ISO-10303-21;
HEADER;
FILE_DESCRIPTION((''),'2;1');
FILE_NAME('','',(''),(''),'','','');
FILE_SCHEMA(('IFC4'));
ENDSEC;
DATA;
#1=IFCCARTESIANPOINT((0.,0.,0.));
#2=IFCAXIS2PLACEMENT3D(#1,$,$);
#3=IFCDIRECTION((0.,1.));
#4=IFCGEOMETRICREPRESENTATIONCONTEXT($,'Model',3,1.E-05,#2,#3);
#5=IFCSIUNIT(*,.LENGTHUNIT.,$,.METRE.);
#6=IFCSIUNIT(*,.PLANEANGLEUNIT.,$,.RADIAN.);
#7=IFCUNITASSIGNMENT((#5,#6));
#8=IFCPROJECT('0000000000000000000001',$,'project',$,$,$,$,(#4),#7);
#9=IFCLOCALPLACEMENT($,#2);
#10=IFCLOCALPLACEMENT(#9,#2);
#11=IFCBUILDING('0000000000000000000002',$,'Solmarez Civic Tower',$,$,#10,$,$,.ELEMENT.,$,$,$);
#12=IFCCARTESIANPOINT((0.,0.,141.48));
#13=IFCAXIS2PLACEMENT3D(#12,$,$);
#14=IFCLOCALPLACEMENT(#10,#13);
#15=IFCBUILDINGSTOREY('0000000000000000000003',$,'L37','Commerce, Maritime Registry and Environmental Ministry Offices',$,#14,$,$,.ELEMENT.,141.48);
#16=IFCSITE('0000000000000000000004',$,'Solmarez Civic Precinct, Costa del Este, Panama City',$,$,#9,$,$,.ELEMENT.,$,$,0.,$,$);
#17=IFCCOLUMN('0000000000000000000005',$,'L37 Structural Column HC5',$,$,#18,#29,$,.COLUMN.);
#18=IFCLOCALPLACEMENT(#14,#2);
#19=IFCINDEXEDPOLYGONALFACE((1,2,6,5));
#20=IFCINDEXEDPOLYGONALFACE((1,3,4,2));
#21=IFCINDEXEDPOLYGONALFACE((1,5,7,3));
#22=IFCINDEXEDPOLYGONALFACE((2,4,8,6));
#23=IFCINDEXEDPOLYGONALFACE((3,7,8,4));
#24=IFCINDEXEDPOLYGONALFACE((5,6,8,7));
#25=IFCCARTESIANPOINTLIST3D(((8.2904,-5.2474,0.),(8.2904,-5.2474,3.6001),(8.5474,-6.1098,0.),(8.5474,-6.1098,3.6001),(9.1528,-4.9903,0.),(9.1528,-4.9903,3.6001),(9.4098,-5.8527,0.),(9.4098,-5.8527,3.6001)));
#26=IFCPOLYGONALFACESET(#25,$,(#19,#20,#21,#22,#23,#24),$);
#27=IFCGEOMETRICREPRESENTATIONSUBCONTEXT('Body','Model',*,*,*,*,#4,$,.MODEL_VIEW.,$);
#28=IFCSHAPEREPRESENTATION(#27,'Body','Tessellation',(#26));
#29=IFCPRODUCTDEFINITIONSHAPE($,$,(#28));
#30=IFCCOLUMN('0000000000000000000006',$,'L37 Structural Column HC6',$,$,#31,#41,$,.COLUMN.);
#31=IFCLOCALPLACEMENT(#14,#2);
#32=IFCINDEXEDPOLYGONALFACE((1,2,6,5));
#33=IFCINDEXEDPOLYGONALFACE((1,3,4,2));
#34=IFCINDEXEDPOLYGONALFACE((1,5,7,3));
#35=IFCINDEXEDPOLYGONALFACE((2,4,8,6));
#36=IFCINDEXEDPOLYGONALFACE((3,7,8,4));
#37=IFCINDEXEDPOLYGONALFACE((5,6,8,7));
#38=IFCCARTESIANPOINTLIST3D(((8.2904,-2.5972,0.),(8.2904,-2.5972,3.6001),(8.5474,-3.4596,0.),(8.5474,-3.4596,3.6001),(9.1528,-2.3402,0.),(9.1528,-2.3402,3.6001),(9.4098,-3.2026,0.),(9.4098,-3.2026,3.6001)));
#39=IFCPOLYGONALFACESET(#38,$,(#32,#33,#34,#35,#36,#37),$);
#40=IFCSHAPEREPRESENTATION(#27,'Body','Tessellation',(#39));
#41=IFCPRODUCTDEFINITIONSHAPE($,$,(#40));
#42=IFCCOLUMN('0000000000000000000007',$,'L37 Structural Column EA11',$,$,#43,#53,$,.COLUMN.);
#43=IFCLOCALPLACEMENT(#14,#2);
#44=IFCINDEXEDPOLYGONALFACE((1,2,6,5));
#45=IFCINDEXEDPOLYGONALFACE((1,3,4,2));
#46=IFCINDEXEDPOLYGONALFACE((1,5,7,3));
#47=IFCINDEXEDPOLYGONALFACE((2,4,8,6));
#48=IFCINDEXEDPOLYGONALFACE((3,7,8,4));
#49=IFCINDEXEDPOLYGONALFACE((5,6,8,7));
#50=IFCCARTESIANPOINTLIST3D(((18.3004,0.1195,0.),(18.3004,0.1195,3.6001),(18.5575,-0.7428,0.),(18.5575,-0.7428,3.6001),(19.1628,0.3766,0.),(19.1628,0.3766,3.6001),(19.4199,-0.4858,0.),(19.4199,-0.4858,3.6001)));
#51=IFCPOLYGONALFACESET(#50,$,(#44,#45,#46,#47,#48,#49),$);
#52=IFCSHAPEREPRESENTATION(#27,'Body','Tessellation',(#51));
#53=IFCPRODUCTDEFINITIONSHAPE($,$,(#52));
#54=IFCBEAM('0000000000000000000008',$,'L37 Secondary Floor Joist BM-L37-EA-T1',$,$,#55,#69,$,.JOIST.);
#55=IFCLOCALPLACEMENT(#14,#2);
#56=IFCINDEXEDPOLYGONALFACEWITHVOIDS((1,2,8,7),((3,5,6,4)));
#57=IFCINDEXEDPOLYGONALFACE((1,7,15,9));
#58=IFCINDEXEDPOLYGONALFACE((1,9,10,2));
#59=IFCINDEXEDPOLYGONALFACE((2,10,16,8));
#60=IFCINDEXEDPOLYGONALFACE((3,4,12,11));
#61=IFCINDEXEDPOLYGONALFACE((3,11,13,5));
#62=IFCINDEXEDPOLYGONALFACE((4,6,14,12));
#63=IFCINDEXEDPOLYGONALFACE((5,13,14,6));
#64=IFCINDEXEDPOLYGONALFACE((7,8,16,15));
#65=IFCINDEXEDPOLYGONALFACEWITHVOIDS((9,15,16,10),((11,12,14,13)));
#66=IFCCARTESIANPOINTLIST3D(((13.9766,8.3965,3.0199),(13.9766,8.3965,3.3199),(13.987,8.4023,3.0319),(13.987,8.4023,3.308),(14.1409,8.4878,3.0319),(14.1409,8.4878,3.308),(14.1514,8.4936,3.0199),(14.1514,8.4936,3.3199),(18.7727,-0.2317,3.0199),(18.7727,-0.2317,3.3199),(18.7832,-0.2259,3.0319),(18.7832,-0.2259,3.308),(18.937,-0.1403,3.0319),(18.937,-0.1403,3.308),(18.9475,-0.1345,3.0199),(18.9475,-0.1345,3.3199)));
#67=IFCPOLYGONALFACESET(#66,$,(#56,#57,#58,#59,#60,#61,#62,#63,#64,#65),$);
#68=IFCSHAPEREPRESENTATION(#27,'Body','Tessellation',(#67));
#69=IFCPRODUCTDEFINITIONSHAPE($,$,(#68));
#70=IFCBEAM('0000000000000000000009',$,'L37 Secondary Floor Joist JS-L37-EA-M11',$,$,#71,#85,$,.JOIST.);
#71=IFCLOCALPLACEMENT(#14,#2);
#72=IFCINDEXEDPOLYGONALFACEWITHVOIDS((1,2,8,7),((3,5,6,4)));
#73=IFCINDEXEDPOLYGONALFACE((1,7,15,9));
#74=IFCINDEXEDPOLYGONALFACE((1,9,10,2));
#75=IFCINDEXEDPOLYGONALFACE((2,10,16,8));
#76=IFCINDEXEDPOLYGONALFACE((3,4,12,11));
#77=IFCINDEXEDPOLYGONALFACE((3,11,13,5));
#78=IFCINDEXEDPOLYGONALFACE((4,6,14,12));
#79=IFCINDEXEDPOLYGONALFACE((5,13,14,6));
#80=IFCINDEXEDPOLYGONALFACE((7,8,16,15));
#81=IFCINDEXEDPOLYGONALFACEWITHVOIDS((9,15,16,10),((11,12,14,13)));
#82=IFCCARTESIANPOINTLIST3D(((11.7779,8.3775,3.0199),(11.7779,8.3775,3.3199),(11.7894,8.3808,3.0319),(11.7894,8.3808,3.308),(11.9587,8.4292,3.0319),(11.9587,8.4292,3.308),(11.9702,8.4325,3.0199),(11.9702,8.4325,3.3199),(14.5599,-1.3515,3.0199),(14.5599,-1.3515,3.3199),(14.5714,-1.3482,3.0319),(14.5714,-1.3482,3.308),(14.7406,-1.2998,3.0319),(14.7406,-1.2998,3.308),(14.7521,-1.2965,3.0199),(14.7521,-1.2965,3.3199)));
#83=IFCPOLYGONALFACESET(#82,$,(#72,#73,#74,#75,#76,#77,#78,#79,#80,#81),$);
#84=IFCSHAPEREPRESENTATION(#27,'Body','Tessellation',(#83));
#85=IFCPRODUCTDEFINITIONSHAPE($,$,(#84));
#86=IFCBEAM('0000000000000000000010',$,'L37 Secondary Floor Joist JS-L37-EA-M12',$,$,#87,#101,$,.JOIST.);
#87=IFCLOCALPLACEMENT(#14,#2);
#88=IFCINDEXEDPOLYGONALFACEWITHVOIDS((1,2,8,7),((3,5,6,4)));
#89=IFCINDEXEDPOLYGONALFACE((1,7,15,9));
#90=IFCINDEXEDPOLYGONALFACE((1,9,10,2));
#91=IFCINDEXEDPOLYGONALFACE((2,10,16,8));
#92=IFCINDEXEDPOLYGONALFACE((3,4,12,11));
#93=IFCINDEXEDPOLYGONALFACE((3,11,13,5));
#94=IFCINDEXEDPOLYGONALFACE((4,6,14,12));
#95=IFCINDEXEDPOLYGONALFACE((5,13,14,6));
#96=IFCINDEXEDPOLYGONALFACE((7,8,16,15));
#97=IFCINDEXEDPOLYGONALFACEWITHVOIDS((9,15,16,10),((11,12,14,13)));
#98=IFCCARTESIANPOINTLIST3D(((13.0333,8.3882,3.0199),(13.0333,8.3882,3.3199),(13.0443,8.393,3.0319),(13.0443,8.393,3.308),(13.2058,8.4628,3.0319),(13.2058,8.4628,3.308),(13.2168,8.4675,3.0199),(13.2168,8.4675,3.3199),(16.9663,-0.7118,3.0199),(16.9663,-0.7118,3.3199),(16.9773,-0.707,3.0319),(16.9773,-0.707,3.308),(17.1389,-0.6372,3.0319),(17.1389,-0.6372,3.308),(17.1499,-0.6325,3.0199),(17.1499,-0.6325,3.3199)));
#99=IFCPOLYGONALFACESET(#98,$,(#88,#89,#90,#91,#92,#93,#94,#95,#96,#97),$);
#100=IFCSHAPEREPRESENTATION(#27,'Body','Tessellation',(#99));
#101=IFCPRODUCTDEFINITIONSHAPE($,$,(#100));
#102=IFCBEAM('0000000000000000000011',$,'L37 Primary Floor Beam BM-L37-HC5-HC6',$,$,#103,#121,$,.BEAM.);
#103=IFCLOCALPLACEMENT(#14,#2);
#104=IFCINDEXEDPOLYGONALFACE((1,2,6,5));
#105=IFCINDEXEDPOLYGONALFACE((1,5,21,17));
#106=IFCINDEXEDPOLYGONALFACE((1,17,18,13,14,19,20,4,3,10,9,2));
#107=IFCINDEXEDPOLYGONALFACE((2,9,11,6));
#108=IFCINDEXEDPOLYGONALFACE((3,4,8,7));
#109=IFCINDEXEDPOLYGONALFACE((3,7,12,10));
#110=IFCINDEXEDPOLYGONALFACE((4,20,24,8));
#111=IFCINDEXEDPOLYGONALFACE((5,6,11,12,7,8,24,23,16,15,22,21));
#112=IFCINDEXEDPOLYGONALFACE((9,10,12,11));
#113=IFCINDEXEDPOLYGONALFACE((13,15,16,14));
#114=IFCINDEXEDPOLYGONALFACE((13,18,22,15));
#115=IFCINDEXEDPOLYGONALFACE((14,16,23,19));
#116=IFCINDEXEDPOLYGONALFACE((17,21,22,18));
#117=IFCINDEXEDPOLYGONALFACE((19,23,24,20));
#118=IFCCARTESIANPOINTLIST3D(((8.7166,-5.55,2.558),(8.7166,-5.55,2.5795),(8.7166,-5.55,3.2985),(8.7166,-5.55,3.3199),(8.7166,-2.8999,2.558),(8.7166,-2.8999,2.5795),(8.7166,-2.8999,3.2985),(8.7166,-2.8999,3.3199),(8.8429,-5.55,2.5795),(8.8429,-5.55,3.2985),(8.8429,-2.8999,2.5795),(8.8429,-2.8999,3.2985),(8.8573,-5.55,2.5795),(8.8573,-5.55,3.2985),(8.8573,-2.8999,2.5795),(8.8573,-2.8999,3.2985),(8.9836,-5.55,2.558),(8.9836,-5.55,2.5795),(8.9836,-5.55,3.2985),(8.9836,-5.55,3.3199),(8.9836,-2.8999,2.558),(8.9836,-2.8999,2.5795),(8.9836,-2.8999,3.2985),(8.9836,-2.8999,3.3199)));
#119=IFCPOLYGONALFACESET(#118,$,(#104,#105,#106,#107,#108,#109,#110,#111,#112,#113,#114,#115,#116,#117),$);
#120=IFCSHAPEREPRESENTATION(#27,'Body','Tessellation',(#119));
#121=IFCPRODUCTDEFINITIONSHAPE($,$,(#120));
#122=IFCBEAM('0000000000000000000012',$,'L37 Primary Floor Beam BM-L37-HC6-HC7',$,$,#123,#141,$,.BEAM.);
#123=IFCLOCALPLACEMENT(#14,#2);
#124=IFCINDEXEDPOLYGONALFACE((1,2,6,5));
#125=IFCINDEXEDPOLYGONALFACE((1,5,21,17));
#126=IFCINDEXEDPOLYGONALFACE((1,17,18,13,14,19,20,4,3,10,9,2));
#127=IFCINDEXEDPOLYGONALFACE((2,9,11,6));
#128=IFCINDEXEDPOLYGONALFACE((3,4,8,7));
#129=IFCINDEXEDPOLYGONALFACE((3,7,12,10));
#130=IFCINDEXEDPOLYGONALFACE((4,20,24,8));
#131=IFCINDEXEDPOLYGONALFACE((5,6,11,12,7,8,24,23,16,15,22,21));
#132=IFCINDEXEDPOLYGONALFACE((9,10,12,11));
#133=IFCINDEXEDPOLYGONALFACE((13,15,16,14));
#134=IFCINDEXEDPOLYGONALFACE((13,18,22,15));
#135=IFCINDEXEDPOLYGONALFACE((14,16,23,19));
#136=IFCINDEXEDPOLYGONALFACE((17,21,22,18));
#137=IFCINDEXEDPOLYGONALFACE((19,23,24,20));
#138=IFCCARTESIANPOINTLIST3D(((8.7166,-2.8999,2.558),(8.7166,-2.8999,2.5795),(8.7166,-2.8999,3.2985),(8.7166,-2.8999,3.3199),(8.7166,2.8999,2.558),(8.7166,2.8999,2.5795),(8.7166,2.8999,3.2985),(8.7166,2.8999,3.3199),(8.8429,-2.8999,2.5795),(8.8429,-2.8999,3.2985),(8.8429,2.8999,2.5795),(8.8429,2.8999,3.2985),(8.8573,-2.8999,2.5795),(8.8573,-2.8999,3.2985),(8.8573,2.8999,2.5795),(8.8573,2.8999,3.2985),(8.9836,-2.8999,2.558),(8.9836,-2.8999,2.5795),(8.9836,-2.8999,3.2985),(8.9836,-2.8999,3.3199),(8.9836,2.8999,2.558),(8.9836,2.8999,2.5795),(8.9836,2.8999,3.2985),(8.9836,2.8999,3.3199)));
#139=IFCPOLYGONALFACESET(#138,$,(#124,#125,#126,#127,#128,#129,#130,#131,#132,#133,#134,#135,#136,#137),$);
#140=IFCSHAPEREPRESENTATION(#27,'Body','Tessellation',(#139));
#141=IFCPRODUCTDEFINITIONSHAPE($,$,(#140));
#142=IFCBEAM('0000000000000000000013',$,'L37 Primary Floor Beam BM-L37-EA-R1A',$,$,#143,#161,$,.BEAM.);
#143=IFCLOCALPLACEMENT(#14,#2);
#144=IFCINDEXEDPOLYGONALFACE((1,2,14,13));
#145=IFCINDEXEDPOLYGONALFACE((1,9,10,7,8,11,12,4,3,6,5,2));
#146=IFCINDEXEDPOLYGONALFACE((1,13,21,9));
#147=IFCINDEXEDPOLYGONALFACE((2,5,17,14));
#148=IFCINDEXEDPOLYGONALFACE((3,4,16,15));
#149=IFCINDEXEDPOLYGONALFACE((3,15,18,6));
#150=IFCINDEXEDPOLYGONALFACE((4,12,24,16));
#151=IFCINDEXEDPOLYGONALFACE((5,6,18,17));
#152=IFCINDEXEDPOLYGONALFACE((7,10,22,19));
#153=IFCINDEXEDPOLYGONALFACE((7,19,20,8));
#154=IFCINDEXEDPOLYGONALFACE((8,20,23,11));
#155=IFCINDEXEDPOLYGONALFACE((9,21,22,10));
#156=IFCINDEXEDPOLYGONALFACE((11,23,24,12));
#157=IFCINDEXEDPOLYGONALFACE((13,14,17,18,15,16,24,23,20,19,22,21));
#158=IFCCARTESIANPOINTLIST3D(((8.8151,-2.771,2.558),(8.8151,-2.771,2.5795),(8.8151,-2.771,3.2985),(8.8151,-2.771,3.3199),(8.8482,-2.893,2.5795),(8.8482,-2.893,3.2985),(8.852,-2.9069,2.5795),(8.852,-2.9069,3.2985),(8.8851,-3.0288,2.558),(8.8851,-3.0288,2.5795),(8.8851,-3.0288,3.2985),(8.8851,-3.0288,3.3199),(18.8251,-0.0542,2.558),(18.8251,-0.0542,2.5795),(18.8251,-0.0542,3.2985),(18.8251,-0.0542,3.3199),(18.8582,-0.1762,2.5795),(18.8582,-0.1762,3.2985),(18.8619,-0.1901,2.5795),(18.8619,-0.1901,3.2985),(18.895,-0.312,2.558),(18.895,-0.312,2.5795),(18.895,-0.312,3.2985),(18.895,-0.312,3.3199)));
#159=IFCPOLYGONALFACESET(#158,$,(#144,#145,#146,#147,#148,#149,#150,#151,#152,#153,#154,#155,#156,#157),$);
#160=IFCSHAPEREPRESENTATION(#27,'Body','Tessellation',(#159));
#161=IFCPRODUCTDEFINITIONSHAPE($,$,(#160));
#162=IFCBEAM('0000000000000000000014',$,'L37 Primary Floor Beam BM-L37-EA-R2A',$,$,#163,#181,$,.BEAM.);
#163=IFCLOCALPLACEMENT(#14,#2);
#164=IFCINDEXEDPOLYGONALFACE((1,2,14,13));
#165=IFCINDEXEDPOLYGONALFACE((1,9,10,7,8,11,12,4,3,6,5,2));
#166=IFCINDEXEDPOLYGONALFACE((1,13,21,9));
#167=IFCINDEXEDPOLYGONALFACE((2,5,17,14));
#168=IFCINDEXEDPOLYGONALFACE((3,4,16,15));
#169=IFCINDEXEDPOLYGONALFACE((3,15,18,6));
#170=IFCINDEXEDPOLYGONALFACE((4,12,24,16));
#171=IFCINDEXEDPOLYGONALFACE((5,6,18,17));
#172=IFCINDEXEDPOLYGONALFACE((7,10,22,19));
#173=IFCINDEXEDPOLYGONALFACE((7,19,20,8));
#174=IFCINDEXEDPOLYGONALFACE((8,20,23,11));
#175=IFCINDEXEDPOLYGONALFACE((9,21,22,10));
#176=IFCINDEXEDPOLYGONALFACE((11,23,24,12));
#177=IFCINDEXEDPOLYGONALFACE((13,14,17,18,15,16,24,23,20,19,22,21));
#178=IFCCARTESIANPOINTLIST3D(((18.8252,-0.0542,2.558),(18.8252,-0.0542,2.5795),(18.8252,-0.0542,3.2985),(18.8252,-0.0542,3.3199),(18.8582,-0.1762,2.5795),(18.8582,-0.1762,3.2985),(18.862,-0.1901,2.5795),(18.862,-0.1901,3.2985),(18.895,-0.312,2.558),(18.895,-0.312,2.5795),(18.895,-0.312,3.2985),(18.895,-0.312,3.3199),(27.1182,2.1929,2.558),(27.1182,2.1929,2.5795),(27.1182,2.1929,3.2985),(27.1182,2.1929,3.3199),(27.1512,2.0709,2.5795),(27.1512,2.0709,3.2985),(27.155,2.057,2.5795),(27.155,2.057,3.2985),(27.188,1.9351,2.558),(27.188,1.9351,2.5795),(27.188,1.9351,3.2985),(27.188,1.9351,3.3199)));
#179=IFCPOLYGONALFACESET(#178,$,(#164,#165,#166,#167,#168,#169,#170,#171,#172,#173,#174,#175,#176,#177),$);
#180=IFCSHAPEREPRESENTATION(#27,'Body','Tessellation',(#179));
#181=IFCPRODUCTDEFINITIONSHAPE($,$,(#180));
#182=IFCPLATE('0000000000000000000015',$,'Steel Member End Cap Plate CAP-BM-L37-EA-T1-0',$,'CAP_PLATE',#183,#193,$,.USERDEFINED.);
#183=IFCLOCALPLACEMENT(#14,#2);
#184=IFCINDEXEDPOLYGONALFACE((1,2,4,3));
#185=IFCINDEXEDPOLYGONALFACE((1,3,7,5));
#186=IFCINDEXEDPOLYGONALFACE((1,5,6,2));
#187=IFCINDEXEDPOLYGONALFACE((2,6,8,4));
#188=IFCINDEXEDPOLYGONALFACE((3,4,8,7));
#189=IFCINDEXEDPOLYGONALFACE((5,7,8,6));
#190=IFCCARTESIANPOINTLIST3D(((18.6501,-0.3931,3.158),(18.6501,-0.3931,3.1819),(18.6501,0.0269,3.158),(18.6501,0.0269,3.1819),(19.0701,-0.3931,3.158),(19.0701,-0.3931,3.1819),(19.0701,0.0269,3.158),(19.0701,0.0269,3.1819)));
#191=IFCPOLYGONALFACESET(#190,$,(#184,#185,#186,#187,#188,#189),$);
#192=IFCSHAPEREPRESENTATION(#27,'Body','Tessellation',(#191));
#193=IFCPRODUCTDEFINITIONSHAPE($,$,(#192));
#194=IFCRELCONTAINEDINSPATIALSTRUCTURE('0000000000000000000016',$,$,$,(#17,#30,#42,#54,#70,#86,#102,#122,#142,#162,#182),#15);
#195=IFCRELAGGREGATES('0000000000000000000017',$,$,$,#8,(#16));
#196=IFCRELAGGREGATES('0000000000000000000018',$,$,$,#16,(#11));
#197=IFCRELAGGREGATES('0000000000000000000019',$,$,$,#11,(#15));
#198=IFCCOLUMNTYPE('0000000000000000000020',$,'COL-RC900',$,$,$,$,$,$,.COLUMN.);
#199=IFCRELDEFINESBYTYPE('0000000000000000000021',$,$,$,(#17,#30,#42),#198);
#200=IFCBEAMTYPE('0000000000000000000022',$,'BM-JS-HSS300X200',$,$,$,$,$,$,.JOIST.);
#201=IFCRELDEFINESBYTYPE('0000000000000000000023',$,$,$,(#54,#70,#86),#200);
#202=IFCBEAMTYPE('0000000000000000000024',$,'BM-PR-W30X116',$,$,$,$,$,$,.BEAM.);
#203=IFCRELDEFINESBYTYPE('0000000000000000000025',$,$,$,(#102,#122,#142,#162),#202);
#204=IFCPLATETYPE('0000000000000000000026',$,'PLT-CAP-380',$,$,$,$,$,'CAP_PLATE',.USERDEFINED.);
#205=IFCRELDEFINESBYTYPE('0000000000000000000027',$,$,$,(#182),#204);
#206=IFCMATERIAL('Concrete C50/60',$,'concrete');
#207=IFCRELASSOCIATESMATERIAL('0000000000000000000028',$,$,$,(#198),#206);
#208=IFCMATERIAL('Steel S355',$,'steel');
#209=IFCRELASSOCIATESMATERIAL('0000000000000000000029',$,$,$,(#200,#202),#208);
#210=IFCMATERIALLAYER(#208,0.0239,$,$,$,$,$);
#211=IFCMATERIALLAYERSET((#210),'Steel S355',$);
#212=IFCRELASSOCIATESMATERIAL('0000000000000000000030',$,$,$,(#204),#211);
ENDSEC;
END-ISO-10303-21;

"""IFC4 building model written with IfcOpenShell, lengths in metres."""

from ifc_helpers import new_model, si_unit, direction, frame, origin, origin_2d, place, context, subcontext, project, spatial, rectangle, hollow_rectangle, i_section, extrude, material, layer, layer_set, material_profile, profile_set, type_object, element, save


model = new_model("IFC4")

# Units and contexts
model_context = context("Model", 3, precision=1e-05, world=origin(), true_north=direction((0.0, 1.0)))
body_context = subcontext(model_context, "Body", "Model", "MODEL_VIEW")
ifc_project = project(units=[si_unit("LENGTHUNIT", "METRE"), si_unit("PLANEANGLEUNIT", "RADIAN")], contexts=[model_context])

# Site, building, storey
site_placement = place(None, origin())
site = spatial("IfcSite", under=ifc_project, at=site_placement, Name="Solmarez Civic Precinct, Costa del Este, Panama City", CompositionType="ELEMENT", RefElevation=0.0)
building_placement = place(site_placement, origin())
building = spatial("IfcBuilding", under=site, at=building_placement, Name="Solmarez Civic Tower", CompositionType="ELEMENT")
storey_placement = place(building_placement, frame((0.0, 0.0, 141.48)))
storey = spatial("IfcBuildingStorey", under=building, at=storey_placement, Name="L37", Description="Commerce, Maritime Registry and Environmental Ministry Offices", CompositionType="ELEMENT", Elevation=141.48)

# Columns
ifc_material_1 = material(Name="Concrete C50/60", Category="concrete")
ifc_material_profile_1 = material_profile(ifc_material_1, rectangle(XDim=0.8999, YDim=0.8999, at=origin_2d()), Name="RC900X900")
ifc_profile_set_1 = profile_set([ifc_material_profile_1], Name="Concrete C50/60")
column_type = type_object("IfcColumnType", Name="COL-RC900", PredefinedType="COLUMN", material=ifc_profile_set_1)
for number, where, z_axis, x_axis, name in (
    (1, (8.8501, -5.55, 0.0), (0.0, 0.0, 1.0), (0.958323, 0.285688, 0.0), "L37 Structural Column HC5"),
    (2, (8.8501, -2.8999, 0.0), (0.0, 0.0, 1.0), (0.958323, 0.285688, 0.0), "L37 Structural Column HC6"),
    (3, (18.8601, -0.1831, 0.0), (0.0, 0.0, 1.0), (0.958323, 0.285688, 0.0), "L37 Structural Column EA11"),
):
    element("IfcColumn", number, at=place(storey_placement, frame(where, z_axis=z_axis, x_axis=x_axis)), inside=storey, type_object=column_type, Name=name, PredefinedType="COLUMN", context=body_context, shape_type="SweptSolid", body=[
        extrude(rectangle(XDim=0.8999, YDim=0.8999, at=origin_2d()), origin(), (0.0, 0.0, 1.0), 3.6001),
    ])

# Beams
ifc_material_2 = material(Name="Steel S355", Category="steel")
ifc_material_profile_2 = material_profile(ifc_material_2, hollow_rectangle(XDim=0.2, YDim=0.3, WallThickness=0.012, at=origin_2d()), Name="HSS300X200X12")
ifc_profile_set_2 = profile_set([ifc_material_profile_2], Name="Steel S355")
beam_type_1 = type_object("IfcBeamType", Name="BM-JS-HSS300X200", PredefinedType="JOIST", material=ifc_profile_set_2)
beam_1_placement = place(storey_placement, frame((18.8601, -0.1831, 3.1699), z_axis=(-0.485853, 0.874041, 0.0), x_axis=(-0.874041, -0.485853, 0.0)))
element("IfcBeam", 4, at=beam_1_placement, inside=storey, type_object=beam_type_1, Name="L37 Secondary Floor Joist BM-L37-EA-T1", PredefinedType="JOIST", context=body_context, shape_type="SweptSolid", body=[
    extrude(hollow_rectangle(XDim=0.2, YDim=0.3, WallThickness=0.012, at=origin_2d()), origin(), (0.0, 0.0, 1.0), 9.8716),
])
beam_2_placement = place(storey_placement, frame((14.656, -1.324, 3.1699), z_axis=(-0.274928, 0.961465, 0.0), x_axis=(-0.961465, -0.274928, 0.0)))
element("IfcBeam", 5, at=beam_2_placement, inside=storey, type_object=beam_type_1, Name="L37 Secondary Floor Joist JS-L37-EA-M11", PredefinedType="JOIST", context=body_context, shape_type="SweptSolid", body=[
    extrude(hollow_rectangle(XDim=0.2, YDim=0.3, WallThickness=0.012, at=origin_2d()), origin(), (0.0, 0.0, 1.0), 10.1189),
])
beam_3_placement = place(storey_placement, frame((17.0581, -0.6721, 3.1699), z_axis=(-0.396735, 0.917933, 0.0), x_axis=(-0.917933, -0.396735, 0.0)))
element("IfcBeam", 6, at=beam_3_placement, inside=storey, type_object=beam_type_1, Name="L37 Secondary Floor Joist JS-L37-EA-M12", PredefinedType="JOIST", context=body_context, shape_type="SweptSolid", body=[
    extrude(hollow_rectangle(XDim=0.2, YDim=0.3, WallThickness=0.012, at=origin_2d()), origin(), (0.0, 0.0, 1.0), 9.9136),
])
ifc_material_profile_3 = material_profile(ifc_material_2, i_section(OverallWidth=0.2671, OverallDepth=0.762, WebThickness=0.0144, FlangeThickness=0.0215, at=origin_2d()), Name="W30X116")
ifc_profile_set_3 = profile_set([ifc_material_profile_3], Name="Steel S355")
beam_type_2 = type_object("IfcBeamType", Name="BM-PR-W30X116", PredefinedType="BEAM", material=ifc_profile_set_3)
beam_4_placement = place(storey_placement, frame((8.8501, -5.55, 2.939), z_axis=(0.0, 1.0, 0.0), x_axis=(-1.0, 0.0, 0.0)))
element("IfcBeam", 7, at=beam_4_placement, inside=storey, type_object=beam_type_2, Name="L37 Primary Floor Beam BM-L37-HC5-HC6", PredefinedType="BEAM", context=body_context, shape_type="SweptSolid", body=[
    extrude(i_section(OverallWidth=0.2671, OverallDepth=0.762, WebThickness=0.0144, FlangeThickness=0.0215, at=origin_2d()), origin(), (0.0, 0.0, 1.0), 2.6501),
])
beam_5_placement = place(storey_placement, frame((8.8501, -2.8999, 2.939), z_axis=(0.0, 1.0, 0.0), x_axis=(-1.0, 0.0, 0.0)))
element("IfcBeam", 8, at=beam_5_placement, inside=storey, type_object=beam_type_2, Name="L37 Primary Floor Beam BM-L37-HC6-HC7", PredefinedType="BEAM", context=body_context, shape_type="SweptSolid", body=[
    extrude(i_section(OverallWidth=0.2671, OverallDepth=0.762, WebThickness=0.0144, FlangeThickness=0.0215, at=origin_2d()), origin(), (0.0, 0.0, 1.0), 5.7998),
])
beam_6_placement = place(storey_placement, frame((8.8501, -2.8999, 2.939), z_axis=(0.965086, 0.261932, 0.0), x_axis=(-0.261932, 0.965086, 0.0)))
element("IfcBeam", 9, at=beam_6_placement, inside=storey, type_object=beam_type_2, Name="L37 Primary Floor Beam BM-L37-EA-R1A", PredefinedType="BEAM", context=body_context, shape_type="SweptSolid", body=[
    extrude(i_section(OverallWidth=0.2671, OverallDepth=0.762, WebThickness=0.0144, FlangeThickness=0.0215, at=origin_2d()), origin(), (0.0, 0.0, 1.0), 10.3721),
])
beam_7_placement = place(storey_placement, frame((18.8601, -0.1831, 2.939), z_axis=(0.965195, 0.26153, 0.0), x_axis=(-0.26153, 0.965195, 0.0)))
element("IfcBeam", 10, at=beam_7_placement, inside=storey, type_object=beam_type_2, Name="L37 Primary Floor Beam BM-L37-EA-R2A", PredefinedType="BEAM", context=body_context, shape_type="SweptSolid", body=[
    extrude(i_section(OverallWidth=0.2671, OverallDepth=0.762, WebThickness=0.0144, FlangeThickness=0.0215, at=origin_2d()), origin(), (0.0, 0.0, 1.0), 8.592),
])

# Plate
ifc_layer_1 = layer(ifc_material_2, 0.0239)
ifc_layer_set_1 = layer_set([ifc_layer_1], Name="Steel S355")
plate_type = type_object("IfcPlateType", Name="PLT-CAP-380", ElementType="CAP_PLATE", PredefinedType="USERDEFINED", material=ifc_layer_set_1)
for number, where, z_axis, x_axis, name in (
    (11, (18.8601, -0.1831, 3.158), (0.0, 0.0, 1.0), (1.0, 0.0, 0.0), "Steel Member End Cap Plate CAP-BM-L37-EA-T1-0"),
):
    element("IfcPlate", number, at=place(storey_placement, frame(where, z_axis=z_axis, x_axis=x_axis)), inside=storey, type_object=plate_type, Name=name, ObjectType="CAP_PLATE", PredefinedType="USERDEFINED", context=body_context, shape_type="SweptSolid", body=[
        extrude(rectangle(XDim=0.4199, YDim=0.4199, at=origin_2d()), origin(), (0.0, 0.0, 1.0), 0.0239),
    ])

save(model, "model.ifc")
